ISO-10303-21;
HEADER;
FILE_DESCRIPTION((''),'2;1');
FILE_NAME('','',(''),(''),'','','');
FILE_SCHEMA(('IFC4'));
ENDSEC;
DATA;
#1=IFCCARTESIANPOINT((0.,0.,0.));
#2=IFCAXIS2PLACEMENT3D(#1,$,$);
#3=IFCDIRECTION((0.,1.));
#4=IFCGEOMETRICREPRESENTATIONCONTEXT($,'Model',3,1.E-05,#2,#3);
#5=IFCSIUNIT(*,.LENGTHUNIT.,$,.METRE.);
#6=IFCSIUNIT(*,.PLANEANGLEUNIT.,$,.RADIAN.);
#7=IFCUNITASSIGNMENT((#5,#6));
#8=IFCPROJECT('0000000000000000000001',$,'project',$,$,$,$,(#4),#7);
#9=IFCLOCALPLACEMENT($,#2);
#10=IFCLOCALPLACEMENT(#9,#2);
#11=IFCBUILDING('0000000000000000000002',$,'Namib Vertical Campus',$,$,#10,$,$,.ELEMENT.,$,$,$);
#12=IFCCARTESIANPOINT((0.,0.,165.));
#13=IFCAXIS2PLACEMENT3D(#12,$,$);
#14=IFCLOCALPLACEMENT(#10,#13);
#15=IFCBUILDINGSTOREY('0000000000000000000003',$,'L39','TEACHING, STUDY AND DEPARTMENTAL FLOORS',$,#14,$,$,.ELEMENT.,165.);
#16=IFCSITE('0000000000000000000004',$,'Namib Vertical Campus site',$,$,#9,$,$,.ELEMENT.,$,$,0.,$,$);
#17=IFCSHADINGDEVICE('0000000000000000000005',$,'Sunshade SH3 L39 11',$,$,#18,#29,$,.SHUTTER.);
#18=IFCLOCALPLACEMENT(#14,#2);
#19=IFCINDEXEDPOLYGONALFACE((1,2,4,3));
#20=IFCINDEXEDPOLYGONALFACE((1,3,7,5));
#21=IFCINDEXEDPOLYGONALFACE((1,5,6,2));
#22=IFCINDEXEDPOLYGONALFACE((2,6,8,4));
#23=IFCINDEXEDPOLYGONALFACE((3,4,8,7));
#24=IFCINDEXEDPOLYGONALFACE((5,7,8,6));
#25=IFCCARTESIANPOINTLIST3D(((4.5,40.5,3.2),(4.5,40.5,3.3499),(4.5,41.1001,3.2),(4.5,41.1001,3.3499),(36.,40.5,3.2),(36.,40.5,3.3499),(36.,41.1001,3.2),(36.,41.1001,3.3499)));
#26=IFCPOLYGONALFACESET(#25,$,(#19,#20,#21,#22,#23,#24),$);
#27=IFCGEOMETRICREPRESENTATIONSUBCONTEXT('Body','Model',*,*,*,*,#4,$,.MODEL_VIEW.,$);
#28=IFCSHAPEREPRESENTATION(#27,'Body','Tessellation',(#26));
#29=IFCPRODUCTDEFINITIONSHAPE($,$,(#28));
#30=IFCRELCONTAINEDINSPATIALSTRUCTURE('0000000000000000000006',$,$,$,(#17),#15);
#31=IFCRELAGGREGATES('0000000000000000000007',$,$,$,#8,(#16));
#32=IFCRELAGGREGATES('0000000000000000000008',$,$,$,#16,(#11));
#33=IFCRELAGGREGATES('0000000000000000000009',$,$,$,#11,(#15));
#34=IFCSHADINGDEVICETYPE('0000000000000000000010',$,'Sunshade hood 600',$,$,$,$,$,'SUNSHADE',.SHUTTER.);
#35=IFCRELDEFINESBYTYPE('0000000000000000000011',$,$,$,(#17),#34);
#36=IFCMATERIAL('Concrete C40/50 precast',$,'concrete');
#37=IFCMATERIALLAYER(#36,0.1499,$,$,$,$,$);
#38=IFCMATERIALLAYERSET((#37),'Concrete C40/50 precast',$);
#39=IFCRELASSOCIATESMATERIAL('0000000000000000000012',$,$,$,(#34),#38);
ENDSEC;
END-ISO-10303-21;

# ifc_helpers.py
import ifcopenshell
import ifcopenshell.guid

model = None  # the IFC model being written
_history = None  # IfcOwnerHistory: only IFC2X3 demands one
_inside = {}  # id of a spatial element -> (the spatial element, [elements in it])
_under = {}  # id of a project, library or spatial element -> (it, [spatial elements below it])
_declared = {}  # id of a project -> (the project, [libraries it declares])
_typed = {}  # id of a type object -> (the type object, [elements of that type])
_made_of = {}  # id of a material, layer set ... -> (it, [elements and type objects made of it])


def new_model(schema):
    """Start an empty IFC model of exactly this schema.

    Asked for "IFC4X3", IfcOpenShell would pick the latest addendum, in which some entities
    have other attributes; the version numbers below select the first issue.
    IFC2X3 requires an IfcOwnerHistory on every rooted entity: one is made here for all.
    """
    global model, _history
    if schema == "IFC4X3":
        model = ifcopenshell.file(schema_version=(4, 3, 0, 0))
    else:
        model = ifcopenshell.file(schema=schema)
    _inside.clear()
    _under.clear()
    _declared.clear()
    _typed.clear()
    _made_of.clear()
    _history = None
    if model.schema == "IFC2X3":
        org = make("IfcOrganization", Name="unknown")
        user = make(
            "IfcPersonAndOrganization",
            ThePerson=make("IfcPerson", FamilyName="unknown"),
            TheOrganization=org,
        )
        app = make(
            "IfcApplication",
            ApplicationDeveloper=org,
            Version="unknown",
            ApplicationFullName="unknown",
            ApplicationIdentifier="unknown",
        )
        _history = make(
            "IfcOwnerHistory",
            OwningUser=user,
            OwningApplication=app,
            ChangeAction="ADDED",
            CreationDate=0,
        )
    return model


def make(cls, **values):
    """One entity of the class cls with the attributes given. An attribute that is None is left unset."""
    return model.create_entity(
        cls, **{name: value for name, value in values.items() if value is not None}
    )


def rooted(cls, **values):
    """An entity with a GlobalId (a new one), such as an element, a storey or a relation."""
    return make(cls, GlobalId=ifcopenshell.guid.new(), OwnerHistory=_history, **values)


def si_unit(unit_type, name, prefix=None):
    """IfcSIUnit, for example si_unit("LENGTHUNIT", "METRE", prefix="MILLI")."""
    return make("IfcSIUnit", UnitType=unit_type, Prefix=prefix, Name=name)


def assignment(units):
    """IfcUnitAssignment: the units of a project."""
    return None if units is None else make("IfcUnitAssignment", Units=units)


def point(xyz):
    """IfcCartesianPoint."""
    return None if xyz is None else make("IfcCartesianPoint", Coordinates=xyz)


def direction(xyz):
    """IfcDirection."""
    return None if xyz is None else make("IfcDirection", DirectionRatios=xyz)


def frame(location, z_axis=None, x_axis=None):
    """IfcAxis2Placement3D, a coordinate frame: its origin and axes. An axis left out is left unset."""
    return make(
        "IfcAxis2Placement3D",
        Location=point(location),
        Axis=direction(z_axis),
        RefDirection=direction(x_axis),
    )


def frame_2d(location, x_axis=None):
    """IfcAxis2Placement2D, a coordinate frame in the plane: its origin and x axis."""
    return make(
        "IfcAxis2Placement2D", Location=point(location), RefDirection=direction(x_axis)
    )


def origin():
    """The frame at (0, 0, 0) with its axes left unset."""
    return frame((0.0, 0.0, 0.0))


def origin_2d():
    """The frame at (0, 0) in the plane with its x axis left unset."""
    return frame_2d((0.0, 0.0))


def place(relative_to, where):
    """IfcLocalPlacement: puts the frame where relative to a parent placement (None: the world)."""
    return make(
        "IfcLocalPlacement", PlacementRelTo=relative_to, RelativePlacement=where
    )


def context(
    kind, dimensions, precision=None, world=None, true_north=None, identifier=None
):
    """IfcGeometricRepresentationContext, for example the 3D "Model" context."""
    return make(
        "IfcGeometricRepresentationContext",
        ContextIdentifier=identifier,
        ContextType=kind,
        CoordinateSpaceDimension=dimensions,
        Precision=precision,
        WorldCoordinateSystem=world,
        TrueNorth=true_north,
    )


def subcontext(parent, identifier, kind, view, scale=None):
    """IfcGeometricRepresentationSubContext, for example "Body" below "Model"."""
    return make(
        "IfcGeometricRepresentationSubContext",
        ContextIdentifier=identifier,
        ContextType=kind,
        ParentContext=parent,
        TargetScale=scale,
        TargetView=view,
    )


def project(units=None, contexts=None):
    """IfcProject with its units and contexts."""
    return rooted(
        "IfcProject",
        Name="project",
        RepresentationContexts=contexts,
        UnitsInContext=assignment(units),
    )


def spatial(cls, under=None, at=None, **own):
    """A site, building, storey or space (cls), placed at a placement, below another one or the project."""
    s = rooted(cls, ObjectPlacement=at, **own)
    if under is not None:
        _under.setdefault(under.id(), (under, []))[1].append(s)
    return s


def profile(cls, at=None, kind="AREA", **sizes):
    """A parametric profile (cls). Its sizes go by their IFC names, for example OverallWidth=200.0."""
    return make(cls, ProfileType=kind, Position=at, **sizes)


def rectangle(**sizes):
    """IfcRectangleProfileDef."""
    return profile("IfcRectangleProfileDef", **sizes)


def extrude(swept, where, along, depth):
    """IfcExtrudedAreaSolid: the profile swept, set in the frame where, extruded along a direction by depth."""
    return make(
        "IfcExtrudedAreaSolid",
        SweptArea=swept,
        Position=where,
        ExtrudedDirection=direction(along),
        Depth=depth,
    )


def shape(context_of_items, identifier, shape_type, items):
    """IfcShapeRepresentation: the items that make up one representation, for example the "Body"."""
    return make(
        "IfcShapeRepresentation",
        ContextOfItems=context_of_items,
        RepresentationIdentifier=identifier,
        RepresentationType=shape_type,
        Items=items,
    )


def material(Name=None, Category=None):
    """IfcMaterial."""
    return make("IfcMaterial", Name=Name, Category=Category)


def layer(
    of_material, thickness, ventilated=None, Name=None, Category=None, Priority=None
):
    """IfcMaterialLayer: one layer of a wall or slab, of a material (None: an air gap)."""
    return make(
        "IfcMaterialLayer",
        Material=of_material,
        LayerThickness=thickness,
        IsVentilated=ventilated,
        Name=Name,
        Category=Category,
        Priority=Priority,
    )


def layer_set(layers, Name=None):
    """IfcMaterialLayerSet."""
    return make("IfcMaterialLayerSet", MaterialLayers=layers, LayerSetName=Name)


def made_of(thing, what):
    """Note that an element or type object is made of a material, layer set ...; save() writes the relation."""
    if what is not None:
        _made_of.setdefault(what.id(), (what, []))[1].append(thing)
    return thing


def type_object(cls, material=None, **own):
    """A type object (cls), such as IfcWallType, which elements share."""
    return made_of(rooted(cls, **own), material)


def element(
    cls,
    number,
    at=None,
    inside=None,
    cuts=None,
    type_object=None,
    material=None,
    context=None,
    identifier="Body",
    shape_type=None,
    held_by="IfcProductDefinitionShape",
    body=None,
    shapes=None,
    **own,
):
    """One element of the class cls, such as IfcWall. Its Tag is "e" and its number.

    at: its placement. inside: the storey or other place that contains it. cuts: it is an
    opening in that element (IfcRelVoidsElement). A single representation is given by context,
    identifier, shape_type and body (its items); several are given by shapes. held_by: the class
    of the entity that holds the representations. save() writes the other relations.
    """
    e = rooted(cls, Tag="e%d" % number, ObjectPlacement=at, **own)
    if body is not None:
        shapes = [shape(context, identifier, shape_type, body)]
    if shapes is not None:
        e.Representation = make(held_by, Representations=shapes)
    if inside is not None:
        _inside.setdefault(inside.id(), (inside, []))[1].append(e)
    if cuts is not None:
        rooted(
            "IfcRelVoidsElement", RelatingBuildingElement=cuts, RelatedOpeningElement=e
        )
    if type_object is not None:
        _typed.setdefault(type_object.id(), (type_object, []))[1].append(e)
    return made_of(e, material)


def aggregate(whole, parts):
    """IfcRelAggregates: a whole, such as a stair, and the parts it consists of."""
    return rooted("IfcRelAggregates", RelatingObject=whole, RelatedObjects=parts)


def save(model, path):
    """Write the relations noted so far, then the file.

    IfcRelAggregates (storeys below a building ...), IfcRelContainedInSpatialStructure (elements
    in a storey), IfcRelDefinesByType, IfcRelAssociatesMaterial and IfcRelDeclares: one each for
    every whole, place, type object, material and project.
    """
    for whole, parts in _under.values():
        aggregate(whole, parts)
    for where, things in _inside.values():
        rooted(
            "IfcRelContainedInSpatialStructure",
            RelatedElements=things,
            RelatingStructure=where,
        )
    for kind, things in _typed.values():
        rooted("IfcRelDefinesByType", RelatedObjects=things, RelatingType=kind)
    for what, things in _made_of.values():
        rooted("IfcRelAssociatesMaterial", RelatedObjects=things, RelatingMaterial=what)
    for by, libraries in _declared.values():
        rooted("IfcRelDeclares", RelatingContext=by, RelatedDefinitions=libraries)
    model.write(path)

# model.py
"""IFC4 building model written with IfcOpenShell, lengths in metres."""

from ifc_helpers import new_model, si_unit, direction, frame, origin, origin_2d, place, context, subcontext, project, spatial, rectangle, extrude, material, layer, layer_set, type_object, element, save


model = new_model("IFC4")

# Units and contexts
model_context = context("Model", 3, precision=1e-05, world=origin(), true_north=direction((0.0, 1.0)))
body_context = subcontext(model_context, "Body", "Model", "MODEL_VIEW")
ifc_project = project(units=[si_unit("LENGTHUNIT", "METRE"), si_unit("PLANEANGLEUNIT", "RADIAN")], contexts=[model_context])

# Site, building, storey
site_placement = place(None, origin())
site = spatial("IfcSite", under=ifc_project, at=site_placement, Name="Namib Vertical Campus site", CompositionType="ELEMENT", RefElevation=0.0)
building_placement = place(site_placement, origin())
building = spatial("IfcBuilding", under=site, at=building_placement, Name="Namib Vertical Campus", CompositionType="ELEMENT")
storey_placement = place(building_placement, frame((0.0, 0.0, 165.0)))
storey = spatial("IfcBuildingStorey", under=building, at=storey_placement, Name="L39", Description="TEACHING, STUDY AND DEPARTMENTAL FLOORS", CompositionType="ELEMENT", Elevation=165.0)

# Shading device
ifc_material_1 = material(Name="Concrete C40/50 precast", Category="concrete")
ifc_layer_1 = layer(ifc_material_1, 0.1499)
ifc_layer_set_1 = layer_set([ifc_layer_1], Name="Concrete C40/50 precast")
shading_device_type = type_object("IfcShadingDeviceType", Name="Sunshade hood 600", ElementType="SUNSHADE", PredefinedType="SHUTTER", material=ifc_layer_set_1)
shading_device_placement = place(storey_placement, frame((20.25, 40.8, 3.2), z_axis=(0.0, 0.0, 1.0), x_axis=(-1.0, 0.0, 0.0)))
element("IfcShadingDevice", 1, at=shading_device_placement, inside=storey, type_object=shading_device_type, Name="Sunshade SH3 L39 11", PredefinedType="SHUTTER", context=body_context, shape_type="SweptSolid", body=[
    extrude(rectangle(XDim=31.5, YDim=0.6001, at=origin_2d()), origin(), (0.0, 0.0, 1.0), 0.1499),
])

save(model, "model.ifc")
